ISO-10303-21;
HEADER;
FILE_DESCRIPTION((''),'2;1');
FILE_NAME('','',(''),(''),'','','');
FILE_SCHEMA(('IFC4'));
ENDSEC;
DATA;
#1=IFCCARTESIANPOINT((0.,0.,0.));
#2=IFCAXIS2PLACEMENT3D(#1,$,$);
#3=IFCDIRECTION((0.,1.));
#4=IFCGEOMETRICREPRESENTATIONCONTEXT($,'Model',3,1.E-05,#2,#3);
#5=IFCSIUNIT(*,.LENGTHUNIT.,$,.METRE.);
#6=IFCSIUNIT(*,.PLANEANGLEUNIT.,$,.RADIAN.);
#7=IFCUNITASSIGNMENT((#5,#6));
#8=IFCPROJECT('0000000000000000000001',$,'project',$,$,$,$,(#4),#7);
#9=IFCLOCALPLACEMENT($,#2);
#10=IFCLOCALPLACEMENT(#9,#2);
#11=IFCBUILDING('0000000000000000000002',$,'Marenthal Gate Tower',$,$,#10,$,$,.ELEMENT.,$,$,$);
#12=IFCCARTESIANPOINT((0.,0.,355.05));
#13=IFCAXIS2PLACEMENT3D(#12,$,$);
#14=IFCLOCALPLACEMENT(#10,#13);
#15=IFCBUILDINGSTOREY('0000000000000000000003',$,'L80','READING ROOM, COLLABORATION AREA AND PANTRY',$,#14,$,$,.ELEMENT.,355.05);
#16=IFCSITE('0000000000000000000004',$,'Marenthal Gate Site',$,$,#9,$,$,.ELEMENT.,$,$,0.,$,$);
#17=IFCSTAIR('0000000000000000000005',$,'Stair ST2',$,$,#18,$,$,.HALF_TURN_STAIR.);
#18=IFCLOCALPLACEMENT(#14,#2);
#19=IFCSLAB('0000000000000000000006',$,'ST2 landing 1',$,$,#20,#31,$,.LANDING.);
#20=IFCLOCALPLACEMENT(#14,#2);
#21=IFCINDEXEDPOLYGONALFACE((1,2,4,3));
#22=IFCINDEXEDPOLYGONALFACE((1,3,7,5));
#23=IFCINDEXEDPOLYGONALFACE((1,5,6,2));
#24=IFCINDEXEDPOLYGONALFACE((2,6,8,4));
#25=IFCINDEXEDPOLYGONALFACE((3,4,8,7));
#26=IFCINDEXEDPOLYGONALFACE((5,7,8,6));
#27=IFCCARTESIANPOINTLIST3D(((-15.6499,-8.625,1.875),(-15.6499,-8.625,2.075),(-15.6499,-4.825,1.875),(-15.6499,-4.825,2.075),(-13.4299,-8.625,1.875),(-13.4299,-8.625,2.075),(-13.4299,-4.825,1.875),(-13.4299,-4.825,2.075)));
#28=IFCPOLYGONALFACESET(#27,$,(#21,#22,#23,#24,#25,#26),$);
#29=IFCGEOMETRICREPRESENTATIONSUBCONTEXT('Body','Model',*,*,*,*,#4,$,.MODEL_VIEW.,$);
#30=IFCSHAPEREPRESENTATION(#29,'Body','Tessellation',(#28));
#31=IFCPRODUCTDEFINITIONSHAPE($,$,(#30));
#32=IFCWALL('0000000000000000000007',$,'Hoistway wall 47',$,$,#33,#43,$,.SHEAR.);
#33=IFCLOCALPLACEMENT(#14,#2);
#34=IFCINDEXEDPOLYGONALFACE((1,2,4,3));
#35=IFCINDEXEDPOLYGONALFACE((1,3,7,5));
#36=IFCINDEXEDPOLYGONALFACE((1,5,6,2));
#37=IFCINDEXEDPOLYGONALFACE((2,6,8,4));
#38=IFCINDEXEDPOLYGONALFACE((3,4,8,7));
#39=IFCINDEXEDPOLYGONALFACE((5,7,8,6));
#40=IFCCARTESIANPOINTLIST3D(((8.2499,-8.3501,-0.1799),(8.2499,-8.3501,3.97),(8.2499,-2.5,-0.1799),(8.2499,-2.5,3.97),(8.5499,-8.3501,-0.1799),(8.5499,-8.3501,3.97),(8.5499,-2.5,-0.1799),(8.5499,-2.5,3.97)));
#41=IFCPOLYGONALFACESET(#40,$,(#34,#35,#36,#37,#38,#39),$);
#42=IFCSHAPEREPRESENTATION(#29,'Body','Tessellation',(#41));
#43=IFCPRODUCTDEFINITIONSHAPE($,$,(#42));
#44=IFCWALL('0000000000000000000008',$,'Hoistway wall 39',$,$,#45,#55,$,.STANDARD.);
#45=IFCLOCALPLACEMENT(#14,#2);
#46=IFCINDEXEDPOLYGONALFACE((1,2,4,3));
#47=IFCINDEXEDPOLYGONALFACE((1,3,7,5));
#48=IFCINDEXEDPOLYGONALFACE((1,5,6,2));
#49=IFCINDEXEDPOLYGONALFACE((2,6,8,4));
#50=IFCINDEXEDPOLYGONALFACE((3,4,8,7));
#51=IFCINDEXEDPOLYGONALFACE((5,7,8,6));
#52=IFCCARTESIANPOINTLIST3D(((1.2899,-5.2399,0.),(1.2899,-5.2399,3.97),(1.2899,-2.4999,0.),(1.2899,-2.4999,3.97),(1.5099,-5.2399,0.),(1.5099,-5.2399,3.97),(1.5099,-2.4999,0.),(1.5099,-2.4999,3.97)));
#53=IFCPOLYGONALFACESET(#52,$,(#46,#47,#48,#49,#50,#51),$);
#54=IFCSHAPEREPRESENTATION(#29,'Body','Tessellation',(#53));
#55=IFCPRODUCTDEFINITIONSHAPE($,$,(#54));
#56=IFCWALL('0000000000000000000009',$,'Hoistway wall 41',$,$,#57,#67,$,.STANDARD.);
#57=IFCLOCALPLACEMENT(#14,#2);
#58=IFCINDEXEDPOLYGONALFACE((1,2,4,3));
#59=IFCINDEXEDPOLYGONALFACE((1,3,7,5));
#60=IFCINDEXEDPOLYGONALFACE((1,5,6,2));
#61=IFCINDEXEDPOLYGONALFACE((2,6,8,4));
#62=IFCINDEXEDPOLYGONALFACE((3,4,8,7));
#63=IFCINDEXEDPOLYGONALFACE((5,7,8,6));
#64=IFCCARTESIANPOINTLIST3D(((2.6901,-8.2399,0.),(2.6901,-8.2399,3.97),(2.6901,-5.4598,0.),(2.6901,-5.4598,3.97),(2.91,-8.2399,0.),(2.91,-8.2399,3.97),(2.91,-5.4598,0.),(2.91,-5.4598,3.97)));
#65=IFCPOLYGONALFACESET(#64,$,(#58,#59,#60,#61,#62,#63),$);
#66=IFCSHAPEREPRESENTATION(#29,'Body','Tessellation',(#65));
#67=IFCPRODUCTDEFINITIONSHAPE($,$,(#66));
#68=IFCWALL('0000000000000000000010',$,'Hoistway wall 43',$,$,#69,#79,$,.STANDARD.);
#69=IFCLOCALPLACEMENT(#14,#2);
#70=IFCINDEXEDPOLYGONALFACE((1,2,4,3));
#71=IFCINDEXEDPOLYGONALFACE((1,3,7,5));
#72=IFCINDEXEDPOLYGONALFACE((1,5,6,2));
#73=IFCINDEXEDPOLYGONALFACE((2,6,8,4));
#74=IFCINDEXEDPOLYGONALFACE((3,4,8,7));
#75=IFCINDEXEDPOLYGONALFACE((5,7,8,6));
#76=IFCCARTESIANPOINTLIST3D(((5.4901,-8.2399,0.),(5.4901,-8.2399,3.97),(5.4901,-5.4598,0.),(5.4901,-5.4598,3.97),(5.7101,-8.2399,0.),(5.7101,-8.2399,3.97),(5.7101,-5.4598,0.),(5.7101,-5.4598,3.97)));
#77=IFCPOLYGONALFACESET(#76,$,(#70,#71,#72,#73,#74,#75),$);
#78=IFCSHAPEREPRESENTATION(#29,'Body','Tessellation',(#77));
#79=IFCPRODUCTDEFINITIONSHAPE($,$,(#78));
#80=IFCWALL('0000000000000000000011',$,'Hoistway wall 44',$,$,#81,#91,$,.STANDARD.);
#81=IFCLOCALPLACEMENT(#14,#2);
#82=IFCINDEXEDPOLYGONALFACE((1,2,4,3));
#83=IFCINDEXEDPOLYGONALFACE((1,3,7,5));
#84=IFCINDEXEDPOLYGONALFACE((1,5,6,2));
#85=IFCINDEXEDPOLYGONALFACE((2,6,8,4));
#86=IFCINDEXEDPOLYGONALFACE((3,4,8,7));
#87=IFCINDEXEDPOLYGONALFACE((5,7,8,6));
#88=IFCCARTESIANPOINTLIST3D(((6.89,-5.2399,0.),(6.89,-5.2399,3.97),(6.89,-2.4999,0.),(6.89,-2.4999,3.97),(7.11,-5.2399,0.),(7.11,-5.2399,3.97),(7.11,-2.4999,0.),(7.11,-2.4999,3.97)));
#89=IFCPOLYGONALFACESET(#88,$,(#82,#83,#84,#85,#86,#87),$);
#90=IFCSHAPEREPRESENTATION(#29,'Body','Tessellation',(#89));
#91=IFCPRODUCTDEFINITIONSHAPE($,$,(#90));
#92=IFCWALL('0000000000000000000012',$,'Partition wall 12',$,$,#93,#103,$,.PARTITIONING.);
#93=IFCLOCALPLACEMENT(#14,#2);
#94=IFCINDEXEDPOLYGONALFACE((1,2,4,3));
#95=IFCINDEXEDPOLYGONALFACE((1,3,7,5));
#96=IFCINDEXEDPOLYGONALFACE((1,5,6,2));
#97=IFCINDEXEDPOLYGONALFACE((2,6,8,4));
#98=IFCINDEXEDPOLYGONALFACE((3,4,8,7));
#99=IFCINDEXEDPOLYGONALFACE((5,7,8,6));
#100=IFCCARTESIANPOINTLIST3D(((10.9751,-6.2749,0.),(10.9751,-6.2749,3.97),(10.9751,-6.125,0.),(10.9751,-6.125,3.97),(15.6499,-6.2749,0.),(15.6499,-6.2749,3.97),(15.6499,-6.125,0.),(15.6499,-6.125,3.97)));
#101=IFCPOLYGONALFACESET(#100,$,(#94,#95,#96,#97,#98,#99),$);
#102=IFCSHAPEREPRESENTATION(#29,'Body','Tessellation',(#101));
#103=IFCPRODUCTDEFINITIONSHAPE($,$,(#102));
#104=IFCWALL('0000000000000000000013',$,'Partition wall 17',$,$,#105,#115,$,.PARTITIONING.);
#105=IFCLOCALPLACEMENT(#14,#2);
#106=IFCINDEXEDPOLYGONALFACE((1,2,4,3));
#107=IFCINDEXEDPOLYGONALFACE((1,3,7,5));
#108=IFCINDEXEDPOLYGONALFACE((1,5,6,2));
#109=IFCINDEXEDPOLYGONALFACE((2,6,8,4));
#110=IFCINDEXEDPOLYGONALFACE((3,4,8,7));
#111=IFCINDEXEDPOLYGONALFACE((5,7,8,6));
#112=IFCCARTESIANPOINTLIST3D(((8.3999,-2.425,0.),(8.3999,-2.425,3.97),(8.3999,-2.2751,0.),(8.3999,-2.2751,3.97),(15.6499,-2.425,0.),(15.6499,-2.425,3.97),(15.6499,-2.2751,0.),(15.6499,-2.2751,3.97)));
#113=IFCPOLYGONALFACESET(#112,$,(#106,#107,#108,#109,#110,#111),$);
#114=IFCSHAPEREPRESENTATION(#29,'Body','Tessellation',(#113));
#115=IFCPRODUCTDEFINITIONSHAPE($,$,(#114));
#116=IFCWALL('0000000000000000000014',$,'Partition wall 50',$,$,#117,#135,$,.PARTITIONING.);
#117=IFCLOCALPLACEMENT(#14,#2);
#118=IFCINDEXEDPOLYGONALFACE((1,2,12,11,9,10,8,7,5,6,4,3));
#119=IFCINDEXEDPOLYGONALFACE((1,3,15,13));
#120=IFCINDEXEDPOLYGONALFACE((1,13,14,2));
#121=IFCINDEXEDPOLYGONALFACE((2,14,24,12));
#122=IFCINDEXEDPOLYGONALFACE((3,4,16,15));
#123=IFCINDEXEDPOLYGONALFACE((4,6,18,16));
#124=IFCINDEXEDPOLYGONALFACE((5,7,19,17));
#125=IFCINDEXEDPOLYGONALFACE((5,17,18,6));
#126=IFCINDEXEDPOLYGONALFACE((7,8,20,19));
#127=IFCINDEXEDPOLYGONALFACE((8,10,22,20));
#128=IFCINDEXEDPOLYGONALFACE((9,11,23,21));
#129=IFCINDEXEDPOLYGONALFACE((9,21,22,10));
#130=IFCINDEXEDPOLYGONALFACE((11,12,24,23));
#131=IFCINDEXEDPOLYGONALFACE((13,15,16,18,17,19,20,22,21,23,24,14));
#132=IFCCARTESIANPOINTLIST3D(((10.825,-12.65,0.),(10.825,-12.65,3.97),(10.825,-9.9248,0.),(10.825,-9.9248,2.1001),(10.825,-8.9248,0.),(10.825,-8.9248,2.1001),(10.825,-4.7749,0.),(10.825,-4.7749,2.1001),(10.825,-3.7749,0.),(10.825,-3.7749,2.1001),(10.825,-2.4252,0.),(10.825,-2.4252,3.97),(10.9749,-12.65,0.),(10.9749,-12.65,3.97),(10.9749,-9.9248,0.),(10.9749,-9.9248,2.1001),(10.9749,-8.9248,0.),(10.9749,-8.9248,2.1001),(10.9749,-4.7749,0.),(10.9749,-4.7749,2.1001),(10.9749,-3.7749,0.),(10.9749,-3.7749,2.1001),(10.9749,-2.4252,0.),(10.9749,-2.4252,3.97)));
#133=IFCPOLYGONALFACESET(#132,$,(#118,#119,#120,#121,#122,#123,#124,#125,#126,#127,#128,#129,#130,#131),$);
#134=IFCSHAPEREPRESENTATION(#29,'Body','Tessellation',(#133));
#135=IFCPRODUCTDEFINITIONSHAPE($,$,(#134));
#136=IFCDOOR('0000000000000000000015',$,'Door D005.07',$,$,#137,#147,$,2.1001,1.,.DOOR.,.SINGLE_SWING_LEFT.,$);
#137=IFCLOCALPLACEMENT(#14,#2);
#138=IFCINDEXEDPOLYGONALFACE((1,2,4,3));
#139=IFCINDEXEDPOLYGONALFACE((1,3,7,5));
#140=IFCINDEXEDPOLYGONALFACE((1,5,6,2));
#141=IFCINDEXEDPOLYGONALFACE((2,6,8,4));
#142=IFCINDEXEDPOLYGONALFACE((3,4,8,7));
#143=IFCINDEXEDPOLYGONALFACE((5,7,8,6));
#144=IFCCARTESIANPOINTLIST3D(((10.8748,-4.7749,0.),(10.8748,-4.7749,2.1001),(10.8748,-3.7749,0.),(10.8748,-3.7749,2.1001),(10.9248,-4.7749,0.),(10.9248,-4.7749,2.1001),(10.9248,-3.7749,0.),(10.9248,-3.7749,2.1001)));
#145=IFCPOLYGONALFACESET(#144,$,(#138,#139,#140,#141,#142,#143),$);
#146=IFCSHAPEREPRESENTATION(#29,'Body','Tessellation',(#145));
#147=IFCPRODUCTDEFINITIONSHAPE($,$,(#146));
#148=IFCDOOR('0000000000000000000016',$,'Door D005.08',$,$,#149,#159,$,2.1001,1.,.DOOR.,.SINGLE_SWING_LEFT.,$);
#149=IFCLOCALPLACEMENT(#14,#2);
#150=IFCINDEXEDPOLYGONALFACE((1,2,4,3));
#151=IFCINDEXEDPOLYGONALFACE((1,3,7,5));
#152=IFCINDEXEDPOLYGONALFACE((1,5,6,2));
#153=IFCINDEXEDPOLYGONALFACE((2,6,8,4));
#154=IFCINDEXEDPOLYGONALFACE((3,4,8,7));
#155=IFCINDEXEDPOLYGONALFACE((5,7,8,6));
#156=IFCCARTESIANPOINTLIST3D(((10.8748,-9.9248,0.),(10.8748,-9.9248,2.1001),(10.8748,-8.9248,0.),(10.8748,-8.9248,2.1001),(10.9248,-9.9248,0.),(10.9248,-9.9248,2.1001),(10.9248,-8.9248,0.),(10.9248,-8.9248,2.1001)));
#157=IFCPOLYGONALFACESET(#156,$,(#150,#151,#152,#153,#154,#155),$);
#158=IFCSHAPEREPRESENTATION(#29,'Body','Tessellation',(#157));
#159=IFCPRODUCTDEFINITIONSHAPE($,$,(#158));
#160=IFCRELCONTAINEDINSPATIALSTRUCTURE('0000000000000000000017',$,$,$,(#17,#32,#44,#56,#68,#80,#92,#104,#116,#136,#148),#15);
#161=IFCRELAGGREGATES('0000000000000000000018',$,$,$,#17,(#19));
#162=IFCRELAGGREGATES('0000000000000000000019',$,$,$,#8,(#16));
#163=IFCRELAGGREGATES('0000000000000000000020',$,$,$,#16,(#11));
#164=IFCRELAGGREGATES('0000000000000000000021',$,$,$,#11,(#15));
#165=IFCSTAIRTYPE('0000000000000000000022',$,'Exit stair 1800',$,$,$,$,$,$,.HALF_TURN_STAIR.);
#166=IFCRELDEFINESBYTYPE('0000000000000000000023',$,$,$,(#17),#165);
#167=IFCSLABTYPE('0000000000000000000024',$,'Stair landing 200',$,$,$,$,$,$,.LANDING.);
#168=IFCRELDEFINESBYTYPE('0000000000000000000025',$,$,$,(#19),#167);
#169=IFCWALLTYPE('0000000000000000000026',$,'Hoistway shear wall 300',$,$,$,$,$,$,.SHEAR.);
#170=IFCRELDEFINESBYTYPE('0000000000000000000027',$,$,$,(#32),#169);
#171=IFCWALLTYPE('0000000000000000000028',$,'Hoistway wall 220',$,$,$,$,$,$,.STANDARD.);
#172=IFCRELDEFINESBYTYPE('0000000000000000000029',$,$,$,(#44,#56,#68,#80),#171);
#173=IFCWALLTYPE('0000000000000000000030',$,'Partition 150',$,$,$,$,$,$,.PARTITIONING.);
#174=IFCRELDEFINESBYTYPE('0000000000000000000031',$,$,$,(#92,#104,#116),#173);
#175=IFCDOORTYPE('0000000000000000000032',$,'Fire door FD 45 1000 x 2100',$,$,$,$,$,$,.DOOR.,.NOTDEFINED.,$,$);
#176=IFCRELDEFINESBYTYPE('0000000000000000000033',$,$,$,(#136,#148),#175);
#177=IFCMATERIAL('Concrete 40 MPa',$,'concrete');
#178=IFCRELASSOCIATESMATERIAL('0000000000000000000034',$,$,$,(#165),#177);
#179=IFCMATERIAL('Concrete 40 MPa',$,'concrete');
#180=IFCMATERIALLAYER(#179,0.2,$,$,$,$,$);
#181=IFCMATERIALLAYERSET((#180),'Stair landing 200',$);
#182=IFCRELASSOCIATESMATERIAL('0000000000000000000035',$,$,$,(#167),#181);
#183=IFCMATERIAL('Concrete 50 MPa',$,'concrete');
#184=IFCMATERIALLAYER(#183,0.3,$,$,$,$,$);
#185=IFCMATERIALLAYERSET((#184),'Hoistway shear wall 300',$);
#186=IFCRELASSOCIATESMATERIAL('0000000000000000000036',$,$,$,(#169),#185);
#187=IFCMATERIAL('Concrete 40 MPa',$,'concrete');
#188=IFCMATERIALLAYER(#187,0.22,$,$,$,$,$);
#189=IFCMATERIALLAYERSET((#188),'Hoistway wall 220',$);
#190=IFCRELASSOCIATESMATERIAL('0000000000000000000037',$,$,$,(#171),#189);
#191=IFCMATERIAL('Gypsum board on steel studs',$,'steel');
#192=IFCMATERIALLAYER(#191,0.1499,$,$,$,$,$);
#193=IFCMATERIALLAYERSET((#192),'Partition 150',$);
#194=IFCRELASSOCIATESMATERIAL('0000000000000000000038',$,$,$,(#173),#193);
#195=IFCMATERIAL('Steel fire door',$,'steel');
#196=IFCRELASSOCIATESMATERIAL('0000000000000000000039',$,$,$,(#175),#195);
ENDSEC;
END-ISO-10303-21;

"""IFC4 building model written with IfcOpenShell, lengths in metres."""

from ifc_helpers import new_model, si_unit, direction, frame, frame_2d, origin, place, context, subcontext, project, spatial, polyline, rectangle, outline, extrude, material, layer, layer_set, type_object, element, fill, aggregate, save


model = new_model("IFC4")

# Units and contexts
model_context = context("Model", 3, precision=1e-05, world=origin(), true_north=direction((0.0, 1.0)))
body_context = subcontext(model_context, "Body", "Model", "MODEL_VIEW")
ifc_project = project(units=[si_unit("LENGTHUNIT", "METRE"), si_unit("PLANEANGLEUNIT", "RADIAN")], contexts=[model_context])

# Site, building, storey
site_placement = place(None, origin())
site = spatial("IfcSite", under=ifc_project, at=site_placement, Name="Marenthal Gate Site", CompositionType="ELEMENT", RefElevation=0.0)
building_placement = place(site_placement, origin())
building = spatial("IfcBuilding", under=site, at=building_placement, Name="Marenthal Gate Tower", CompositionType="ELEMENT")
storey_placement = place(building_placement, frame((0.0, 0.0, 355.05)))
storey = spatial("IfcBuildingStorey", under=building, at=storey_placement, Name="L80", Description="READING ROOM, COLLABORATION AREA AND PANTRY", CompositionType="ELEMENT", Elevation=355.05)

# Stair, slab
ifc_material_1 = material(Name="Concrete 40 MPa", Category="concrete")
stair_type = type_object("IfcStairType", Name="Exit stair 1800", PredefinedType="HALF_TURN_STAIR", material=ifc_material_1)
ifc_material_2 = material(Name="Concrete 40 MPa", Category="concrete")
ifc_layer_1 = layer(ifc_material_2, 0.2)
ifc_layer_set_1 = layer_set([ifc_layer_1], Name="Stair landing 200")
slab_type_1 = type_object("IfcSlabType", Name="Stair landing 200", PredefinedType="LANDING", material=ifc_layer_set_1)
stair_1_placement = place(storey_placement, origin())
stair_1 = element("IfcStair", 1, at=stair_1_placement, inside=storey, type_object=stair_type, Name="Stair ST2", PredefinedType="HALF_TURN_STAIR")
slab_1_placement = place(storey_placement, frame((0.0, 0.0, 1.875)))
slab_1 = element("IfcSlab", 2, at=slab_1_placement, type_object=slab_type_1, Name="ST2 landing 1", PredefinedType="LANDING", context=body_context, shape_type="SweptSolid", body=[
    extrude(outline(polyline([(-15.6499, -8.625), (-13.4299, -8.625), (-13.4299, -4.825), (-15.6499, -4.825), (-15.6499, -8.625)])), origin(), (0.0, 0.0, 1.0), 0.2),
])
aggregate(stair_1, [slab_1])

# Walls
ifc_material_3 = material(Name="Concrete 50 MPa", Category="concrete")
ifc_layer_2 = layer(ifc_material_3, 0.3)
ifc_layer_set_2 = layer_set([ifc_layer_2], Name="Hoistway shear wall 300")
wall_type_1 = type_object("IfcWallType", Name="Hoistway shear wall 300", PredefinedType="SHEAR", material=ifc_layer_set_2)
wall_1_placement = place(storey_placement, frame((8.3999, -8.3501, -0.1799), z_axis=(0.0, 0.0, 1.0), x_axis=(0.0, 1.0, 0.0)))
element("IfcWall", 3, at=wall_1_placement, inside=storey, type_object=wall_type_1, Name="Hoistway wall 47", PredefinedType="SHEAR", context=body_context, shape_type="SweptSolid", body=[
    extrude(rectangle(XDim=5.8501, YDim=0.3, at=frame_2d((2.925, 0.0))), origin(), (0.0, 0.0, 1.0), 4.1499),
])
ifc_material_4 = material(Name="Concrete 40 MPa", Category="concrete")
ifc_layer_3 = layer(ifc_material_4, 0.22)
ifc_layer_set_3 = layer_set([ifc_layer_3], Name="Hoistway wall 220")
wall_type_2 = type_object("IfcWallType", Name="Hoistway wall 220", PredefinedType="STANDARD", material=ifc_layer_set_3)
wall_2_placement = place(storey_placement, frame((1.3999, -5.24, 0.0), z_axis=(0.0, 0.0, 1.0), x_axis=(0.0, 1.0, 0.0)))
element("IfcWall", 4, at=wall_2_placement, inside=storey, type_object=wall_type_2, Name="Hoistway wall 39", PredefinedType="STANDARD", context=body_context, shape_type="SweptSolid", body=[
    extrude(rectangle(XDim=2.74, YDim=0.22, at=frame_2d((1.3701, 0.0))), origin(), (0.0, 0.0, 1.0), 3.97),
])
for number, where, z_axis, x_axis, name in (
    (5, (2.8, -8.24, 0.0), (0.0, 0.0, 1.0), (0.0, 1.0, 0.0), "Hoistway wall 41"),
    (6, (5.6001, -8.24, 0.0), (0.0, 0.0, 1.0), (0.0, 1.0, 0.0), "Hoistway wall 43"),
):
    element("IfcWall", number, at=place(storey_placement, frame(where, z_axis=z_axis, x_axis=x_axis)), inside=storey, type_object=wall_type_2, Name=name, PredefinedType="STANDARD", context=body_context, shape_type="SweptSolid", body=[
        extrude(rectangle(XDim=2.78, YDim=0.22, at=frame_2d((1.3901, 0.0))), origin(), (0.0, 0.0, 1.0), 3.97),
    ])
wall_3_placement = place(storey_placement, frame((7.0, -5.24, 0.0), z_axis=(0.0, 0.0, 1.0), x_axis=(0.0, 1.0, 0.0)))
element("IfcWall", 7, at=wall_3_placement, inside=storey, type_object=wall_type_2, Name="Hoistway wall 44", PredefinedType="STANDARD", context=body_context, shape_type="SweptSolid", body=[
    extrude(rectangle(XDim=2.74, YDim=0.22, at=frame_2d((1.3701, 0.0))), origin(), (0.0, 0.0, 1.0), 3.97),
])
ifc_material_5 = material(Name="Gypsum board on steel studs", Category="steel")
ifc_layer_4 = layer(ifc_material_5, 0.1499)
ifc_layer_set_4 = layer_set([ifc_layer_4], Name="Partition 150")
wall_type_3 = type_object("IfcWallType", Name="Partition 150", PredefinedType="PARTITIONING", material=ifc_layer_set_4)
wall_4_placement = place(storey_placement, frame((10.9751, -6.2, 0.0), z_axis=(0.0, 0.0, 1.0), x_axis=(1.0, 0.0, 0.0)))
element("IfcWall", 8, at=wall_4_placement, inside=storey, type_object=wall_type_3, Name="Partition wall 12", PredefinedType="PARTITIONING", context=body_context, shape_type="SweptSolid", body=[
    extrude(rectangle(XDim=4.6748, YDim=0.1499, at=frame_2d((2.3374, 0.0))), origin(), (0.0, 0.0, 1.0), 3.97),
])
wall_5_placement = place(storey_placement, frame((8.3999, -2.3501, 0.0), z_axis=(0.0, 0.0, 1.0), x_axis=(1.0, 0.0, 0.0)))
element("IfcWall", 9, at=wall_5_placement, inside=storey, type_object=wall_type_3, Name="Partition wall 17", PredefinedType="PARTITIONING", context=body_context, shape_type="SweptSolid", body=[
    extrude(rectangle(XDim=7.25, YDim=0.1499, at=frame_2d((3.625, 0.0))), origin(), (0.0, 0.0, 1.0), 3.97),
])

# Wall, openings, doors
wall_6_placement = place(storey_placement, frame((10.8999, -12.6499, 0.0), z_axis=(0.0, 0.0, 1.0), x_axis=(0.0, 1.0, 0.0)))
wall_6 = element("IfcWall", 10, at=wall_6_placement, inside=storey, type_object=wall_type_3, Name="Partition wall 50", PredefinedType="PARTITIONING", context=body_context, shape_type="SweptSolid", body=[
    extrude(rectangle(XDim=10.2249, YDim=0.1499, at=frame_2d((5.1123, 0.0))), origin(), (0.0, 0.0, 1.0), 3.97),
])
opening_1_placement = place(wall_6_placement, frame((7.875, 0.0, 0.0)))
opening_1 = element("IfcOpeningElement", 11, at=opening_1_placement, cuts=wall_6, PredefinedType="OPENING", context=body_context, shape_type="SweptSolid", body=[
    extrude(rectangle(XDim=1.0, YDim=2.1001, at=frame_2d((0.5, 1.05))), frame((0.0, 0.085, 0.0), z_axis=(0.0, -1.0, 0.0), x_axis=(1.0, 0.0, 0.0)), (0.0, 0.0, 1.0), 0.1699),
])
opening_2_placement = place(wall_6_placement, frame((2.7251, 0.0, 0.0)))
opening_2 = element("IfcOpeningElement", 12, at=opening_2_placement, cuts=wall_6, PredefinedType="OPENING", context=body_context, shape_type="SweptSolid", body=[
    extrude(rectangle(XDim=1.0, YDim=2.1001, at=frame_2d((0.5, 1.05))), frame((0.0, 0.085, 0.0), z_axis=(0.0, -1.0, 0.0), x_axis=(1.0, 0.0, 0.0)), (0.0, 0.0, 1.0), 0.1699),
])
ifc_material_6 = material(Name="Steel fire door", Category="steel")
door_type = type_object("IfcDoorType", Name="Fire door FD 45 1000 x 2100", OperationType="NOTDEFINED", PredefinedType="DOOR", material=ifc_material_6)
door_1_placement = place(opening_1_placement, frame((1.0, 0.0, 0.0), z_axis=(0.0, 0.0, 1.0), x_axis=(-1.0, 0.0, 0.0)))
door_1 = element("IfcDoor", 13, at=door_1_placement, inside=storey, type_object=door_type, Name="Door D005.07", OperationType="SINGLE_SWING_LEFT", OverallHeight=2.1001, OverallWidth=1.0, PredefinedType="DOOR", context=body_context, shape_type="SweptSolid", body=[
    extrude(rectangle(XDim=1.0, YDim=2.1001, at=frame_2d((0.5, 1.05))), frame((0.0, 0.0249, 0.0), z_axis=(0.0, -1.0, 0.0), x_axis=(1.0, 0.0, 0.0)), (0.0, 0.0, 1.0), 0.05),
])
fill(opening_1, door_1)
door_2_placement = place(opening_2_placement, frame((1.0, 0.0, 0.0), z_axis=(0.0, 0.0, 1.0), x_axis=(-1.0, 0.0, 0.0)))
door_2 = element("IfcDoor", 14, at=door_2_placement, inside=storey, type_object=door_type, Name="Door D005.08", OperationType="SINGLE_SWING_LEFT", OverallHeight=2.1001, OverallWidth=1.0, PredefinedType="DOOR", context=body_context, shape_type="SweptSolid", body=[
    extrude(rectangle(XDim=1.0, YDim=2.1001, at=frame_2d((0.5, 1.05))), frame((0.0, 0.0249, 0.0), z_axis=(0.0, -1.0, 0.0), x_axis=(1.0, 0.0, 0.0)), (0.0, 0.0, 1.0), 0.05),
])
fill(opening_2, door_2)

save(model, "model.ifc")
